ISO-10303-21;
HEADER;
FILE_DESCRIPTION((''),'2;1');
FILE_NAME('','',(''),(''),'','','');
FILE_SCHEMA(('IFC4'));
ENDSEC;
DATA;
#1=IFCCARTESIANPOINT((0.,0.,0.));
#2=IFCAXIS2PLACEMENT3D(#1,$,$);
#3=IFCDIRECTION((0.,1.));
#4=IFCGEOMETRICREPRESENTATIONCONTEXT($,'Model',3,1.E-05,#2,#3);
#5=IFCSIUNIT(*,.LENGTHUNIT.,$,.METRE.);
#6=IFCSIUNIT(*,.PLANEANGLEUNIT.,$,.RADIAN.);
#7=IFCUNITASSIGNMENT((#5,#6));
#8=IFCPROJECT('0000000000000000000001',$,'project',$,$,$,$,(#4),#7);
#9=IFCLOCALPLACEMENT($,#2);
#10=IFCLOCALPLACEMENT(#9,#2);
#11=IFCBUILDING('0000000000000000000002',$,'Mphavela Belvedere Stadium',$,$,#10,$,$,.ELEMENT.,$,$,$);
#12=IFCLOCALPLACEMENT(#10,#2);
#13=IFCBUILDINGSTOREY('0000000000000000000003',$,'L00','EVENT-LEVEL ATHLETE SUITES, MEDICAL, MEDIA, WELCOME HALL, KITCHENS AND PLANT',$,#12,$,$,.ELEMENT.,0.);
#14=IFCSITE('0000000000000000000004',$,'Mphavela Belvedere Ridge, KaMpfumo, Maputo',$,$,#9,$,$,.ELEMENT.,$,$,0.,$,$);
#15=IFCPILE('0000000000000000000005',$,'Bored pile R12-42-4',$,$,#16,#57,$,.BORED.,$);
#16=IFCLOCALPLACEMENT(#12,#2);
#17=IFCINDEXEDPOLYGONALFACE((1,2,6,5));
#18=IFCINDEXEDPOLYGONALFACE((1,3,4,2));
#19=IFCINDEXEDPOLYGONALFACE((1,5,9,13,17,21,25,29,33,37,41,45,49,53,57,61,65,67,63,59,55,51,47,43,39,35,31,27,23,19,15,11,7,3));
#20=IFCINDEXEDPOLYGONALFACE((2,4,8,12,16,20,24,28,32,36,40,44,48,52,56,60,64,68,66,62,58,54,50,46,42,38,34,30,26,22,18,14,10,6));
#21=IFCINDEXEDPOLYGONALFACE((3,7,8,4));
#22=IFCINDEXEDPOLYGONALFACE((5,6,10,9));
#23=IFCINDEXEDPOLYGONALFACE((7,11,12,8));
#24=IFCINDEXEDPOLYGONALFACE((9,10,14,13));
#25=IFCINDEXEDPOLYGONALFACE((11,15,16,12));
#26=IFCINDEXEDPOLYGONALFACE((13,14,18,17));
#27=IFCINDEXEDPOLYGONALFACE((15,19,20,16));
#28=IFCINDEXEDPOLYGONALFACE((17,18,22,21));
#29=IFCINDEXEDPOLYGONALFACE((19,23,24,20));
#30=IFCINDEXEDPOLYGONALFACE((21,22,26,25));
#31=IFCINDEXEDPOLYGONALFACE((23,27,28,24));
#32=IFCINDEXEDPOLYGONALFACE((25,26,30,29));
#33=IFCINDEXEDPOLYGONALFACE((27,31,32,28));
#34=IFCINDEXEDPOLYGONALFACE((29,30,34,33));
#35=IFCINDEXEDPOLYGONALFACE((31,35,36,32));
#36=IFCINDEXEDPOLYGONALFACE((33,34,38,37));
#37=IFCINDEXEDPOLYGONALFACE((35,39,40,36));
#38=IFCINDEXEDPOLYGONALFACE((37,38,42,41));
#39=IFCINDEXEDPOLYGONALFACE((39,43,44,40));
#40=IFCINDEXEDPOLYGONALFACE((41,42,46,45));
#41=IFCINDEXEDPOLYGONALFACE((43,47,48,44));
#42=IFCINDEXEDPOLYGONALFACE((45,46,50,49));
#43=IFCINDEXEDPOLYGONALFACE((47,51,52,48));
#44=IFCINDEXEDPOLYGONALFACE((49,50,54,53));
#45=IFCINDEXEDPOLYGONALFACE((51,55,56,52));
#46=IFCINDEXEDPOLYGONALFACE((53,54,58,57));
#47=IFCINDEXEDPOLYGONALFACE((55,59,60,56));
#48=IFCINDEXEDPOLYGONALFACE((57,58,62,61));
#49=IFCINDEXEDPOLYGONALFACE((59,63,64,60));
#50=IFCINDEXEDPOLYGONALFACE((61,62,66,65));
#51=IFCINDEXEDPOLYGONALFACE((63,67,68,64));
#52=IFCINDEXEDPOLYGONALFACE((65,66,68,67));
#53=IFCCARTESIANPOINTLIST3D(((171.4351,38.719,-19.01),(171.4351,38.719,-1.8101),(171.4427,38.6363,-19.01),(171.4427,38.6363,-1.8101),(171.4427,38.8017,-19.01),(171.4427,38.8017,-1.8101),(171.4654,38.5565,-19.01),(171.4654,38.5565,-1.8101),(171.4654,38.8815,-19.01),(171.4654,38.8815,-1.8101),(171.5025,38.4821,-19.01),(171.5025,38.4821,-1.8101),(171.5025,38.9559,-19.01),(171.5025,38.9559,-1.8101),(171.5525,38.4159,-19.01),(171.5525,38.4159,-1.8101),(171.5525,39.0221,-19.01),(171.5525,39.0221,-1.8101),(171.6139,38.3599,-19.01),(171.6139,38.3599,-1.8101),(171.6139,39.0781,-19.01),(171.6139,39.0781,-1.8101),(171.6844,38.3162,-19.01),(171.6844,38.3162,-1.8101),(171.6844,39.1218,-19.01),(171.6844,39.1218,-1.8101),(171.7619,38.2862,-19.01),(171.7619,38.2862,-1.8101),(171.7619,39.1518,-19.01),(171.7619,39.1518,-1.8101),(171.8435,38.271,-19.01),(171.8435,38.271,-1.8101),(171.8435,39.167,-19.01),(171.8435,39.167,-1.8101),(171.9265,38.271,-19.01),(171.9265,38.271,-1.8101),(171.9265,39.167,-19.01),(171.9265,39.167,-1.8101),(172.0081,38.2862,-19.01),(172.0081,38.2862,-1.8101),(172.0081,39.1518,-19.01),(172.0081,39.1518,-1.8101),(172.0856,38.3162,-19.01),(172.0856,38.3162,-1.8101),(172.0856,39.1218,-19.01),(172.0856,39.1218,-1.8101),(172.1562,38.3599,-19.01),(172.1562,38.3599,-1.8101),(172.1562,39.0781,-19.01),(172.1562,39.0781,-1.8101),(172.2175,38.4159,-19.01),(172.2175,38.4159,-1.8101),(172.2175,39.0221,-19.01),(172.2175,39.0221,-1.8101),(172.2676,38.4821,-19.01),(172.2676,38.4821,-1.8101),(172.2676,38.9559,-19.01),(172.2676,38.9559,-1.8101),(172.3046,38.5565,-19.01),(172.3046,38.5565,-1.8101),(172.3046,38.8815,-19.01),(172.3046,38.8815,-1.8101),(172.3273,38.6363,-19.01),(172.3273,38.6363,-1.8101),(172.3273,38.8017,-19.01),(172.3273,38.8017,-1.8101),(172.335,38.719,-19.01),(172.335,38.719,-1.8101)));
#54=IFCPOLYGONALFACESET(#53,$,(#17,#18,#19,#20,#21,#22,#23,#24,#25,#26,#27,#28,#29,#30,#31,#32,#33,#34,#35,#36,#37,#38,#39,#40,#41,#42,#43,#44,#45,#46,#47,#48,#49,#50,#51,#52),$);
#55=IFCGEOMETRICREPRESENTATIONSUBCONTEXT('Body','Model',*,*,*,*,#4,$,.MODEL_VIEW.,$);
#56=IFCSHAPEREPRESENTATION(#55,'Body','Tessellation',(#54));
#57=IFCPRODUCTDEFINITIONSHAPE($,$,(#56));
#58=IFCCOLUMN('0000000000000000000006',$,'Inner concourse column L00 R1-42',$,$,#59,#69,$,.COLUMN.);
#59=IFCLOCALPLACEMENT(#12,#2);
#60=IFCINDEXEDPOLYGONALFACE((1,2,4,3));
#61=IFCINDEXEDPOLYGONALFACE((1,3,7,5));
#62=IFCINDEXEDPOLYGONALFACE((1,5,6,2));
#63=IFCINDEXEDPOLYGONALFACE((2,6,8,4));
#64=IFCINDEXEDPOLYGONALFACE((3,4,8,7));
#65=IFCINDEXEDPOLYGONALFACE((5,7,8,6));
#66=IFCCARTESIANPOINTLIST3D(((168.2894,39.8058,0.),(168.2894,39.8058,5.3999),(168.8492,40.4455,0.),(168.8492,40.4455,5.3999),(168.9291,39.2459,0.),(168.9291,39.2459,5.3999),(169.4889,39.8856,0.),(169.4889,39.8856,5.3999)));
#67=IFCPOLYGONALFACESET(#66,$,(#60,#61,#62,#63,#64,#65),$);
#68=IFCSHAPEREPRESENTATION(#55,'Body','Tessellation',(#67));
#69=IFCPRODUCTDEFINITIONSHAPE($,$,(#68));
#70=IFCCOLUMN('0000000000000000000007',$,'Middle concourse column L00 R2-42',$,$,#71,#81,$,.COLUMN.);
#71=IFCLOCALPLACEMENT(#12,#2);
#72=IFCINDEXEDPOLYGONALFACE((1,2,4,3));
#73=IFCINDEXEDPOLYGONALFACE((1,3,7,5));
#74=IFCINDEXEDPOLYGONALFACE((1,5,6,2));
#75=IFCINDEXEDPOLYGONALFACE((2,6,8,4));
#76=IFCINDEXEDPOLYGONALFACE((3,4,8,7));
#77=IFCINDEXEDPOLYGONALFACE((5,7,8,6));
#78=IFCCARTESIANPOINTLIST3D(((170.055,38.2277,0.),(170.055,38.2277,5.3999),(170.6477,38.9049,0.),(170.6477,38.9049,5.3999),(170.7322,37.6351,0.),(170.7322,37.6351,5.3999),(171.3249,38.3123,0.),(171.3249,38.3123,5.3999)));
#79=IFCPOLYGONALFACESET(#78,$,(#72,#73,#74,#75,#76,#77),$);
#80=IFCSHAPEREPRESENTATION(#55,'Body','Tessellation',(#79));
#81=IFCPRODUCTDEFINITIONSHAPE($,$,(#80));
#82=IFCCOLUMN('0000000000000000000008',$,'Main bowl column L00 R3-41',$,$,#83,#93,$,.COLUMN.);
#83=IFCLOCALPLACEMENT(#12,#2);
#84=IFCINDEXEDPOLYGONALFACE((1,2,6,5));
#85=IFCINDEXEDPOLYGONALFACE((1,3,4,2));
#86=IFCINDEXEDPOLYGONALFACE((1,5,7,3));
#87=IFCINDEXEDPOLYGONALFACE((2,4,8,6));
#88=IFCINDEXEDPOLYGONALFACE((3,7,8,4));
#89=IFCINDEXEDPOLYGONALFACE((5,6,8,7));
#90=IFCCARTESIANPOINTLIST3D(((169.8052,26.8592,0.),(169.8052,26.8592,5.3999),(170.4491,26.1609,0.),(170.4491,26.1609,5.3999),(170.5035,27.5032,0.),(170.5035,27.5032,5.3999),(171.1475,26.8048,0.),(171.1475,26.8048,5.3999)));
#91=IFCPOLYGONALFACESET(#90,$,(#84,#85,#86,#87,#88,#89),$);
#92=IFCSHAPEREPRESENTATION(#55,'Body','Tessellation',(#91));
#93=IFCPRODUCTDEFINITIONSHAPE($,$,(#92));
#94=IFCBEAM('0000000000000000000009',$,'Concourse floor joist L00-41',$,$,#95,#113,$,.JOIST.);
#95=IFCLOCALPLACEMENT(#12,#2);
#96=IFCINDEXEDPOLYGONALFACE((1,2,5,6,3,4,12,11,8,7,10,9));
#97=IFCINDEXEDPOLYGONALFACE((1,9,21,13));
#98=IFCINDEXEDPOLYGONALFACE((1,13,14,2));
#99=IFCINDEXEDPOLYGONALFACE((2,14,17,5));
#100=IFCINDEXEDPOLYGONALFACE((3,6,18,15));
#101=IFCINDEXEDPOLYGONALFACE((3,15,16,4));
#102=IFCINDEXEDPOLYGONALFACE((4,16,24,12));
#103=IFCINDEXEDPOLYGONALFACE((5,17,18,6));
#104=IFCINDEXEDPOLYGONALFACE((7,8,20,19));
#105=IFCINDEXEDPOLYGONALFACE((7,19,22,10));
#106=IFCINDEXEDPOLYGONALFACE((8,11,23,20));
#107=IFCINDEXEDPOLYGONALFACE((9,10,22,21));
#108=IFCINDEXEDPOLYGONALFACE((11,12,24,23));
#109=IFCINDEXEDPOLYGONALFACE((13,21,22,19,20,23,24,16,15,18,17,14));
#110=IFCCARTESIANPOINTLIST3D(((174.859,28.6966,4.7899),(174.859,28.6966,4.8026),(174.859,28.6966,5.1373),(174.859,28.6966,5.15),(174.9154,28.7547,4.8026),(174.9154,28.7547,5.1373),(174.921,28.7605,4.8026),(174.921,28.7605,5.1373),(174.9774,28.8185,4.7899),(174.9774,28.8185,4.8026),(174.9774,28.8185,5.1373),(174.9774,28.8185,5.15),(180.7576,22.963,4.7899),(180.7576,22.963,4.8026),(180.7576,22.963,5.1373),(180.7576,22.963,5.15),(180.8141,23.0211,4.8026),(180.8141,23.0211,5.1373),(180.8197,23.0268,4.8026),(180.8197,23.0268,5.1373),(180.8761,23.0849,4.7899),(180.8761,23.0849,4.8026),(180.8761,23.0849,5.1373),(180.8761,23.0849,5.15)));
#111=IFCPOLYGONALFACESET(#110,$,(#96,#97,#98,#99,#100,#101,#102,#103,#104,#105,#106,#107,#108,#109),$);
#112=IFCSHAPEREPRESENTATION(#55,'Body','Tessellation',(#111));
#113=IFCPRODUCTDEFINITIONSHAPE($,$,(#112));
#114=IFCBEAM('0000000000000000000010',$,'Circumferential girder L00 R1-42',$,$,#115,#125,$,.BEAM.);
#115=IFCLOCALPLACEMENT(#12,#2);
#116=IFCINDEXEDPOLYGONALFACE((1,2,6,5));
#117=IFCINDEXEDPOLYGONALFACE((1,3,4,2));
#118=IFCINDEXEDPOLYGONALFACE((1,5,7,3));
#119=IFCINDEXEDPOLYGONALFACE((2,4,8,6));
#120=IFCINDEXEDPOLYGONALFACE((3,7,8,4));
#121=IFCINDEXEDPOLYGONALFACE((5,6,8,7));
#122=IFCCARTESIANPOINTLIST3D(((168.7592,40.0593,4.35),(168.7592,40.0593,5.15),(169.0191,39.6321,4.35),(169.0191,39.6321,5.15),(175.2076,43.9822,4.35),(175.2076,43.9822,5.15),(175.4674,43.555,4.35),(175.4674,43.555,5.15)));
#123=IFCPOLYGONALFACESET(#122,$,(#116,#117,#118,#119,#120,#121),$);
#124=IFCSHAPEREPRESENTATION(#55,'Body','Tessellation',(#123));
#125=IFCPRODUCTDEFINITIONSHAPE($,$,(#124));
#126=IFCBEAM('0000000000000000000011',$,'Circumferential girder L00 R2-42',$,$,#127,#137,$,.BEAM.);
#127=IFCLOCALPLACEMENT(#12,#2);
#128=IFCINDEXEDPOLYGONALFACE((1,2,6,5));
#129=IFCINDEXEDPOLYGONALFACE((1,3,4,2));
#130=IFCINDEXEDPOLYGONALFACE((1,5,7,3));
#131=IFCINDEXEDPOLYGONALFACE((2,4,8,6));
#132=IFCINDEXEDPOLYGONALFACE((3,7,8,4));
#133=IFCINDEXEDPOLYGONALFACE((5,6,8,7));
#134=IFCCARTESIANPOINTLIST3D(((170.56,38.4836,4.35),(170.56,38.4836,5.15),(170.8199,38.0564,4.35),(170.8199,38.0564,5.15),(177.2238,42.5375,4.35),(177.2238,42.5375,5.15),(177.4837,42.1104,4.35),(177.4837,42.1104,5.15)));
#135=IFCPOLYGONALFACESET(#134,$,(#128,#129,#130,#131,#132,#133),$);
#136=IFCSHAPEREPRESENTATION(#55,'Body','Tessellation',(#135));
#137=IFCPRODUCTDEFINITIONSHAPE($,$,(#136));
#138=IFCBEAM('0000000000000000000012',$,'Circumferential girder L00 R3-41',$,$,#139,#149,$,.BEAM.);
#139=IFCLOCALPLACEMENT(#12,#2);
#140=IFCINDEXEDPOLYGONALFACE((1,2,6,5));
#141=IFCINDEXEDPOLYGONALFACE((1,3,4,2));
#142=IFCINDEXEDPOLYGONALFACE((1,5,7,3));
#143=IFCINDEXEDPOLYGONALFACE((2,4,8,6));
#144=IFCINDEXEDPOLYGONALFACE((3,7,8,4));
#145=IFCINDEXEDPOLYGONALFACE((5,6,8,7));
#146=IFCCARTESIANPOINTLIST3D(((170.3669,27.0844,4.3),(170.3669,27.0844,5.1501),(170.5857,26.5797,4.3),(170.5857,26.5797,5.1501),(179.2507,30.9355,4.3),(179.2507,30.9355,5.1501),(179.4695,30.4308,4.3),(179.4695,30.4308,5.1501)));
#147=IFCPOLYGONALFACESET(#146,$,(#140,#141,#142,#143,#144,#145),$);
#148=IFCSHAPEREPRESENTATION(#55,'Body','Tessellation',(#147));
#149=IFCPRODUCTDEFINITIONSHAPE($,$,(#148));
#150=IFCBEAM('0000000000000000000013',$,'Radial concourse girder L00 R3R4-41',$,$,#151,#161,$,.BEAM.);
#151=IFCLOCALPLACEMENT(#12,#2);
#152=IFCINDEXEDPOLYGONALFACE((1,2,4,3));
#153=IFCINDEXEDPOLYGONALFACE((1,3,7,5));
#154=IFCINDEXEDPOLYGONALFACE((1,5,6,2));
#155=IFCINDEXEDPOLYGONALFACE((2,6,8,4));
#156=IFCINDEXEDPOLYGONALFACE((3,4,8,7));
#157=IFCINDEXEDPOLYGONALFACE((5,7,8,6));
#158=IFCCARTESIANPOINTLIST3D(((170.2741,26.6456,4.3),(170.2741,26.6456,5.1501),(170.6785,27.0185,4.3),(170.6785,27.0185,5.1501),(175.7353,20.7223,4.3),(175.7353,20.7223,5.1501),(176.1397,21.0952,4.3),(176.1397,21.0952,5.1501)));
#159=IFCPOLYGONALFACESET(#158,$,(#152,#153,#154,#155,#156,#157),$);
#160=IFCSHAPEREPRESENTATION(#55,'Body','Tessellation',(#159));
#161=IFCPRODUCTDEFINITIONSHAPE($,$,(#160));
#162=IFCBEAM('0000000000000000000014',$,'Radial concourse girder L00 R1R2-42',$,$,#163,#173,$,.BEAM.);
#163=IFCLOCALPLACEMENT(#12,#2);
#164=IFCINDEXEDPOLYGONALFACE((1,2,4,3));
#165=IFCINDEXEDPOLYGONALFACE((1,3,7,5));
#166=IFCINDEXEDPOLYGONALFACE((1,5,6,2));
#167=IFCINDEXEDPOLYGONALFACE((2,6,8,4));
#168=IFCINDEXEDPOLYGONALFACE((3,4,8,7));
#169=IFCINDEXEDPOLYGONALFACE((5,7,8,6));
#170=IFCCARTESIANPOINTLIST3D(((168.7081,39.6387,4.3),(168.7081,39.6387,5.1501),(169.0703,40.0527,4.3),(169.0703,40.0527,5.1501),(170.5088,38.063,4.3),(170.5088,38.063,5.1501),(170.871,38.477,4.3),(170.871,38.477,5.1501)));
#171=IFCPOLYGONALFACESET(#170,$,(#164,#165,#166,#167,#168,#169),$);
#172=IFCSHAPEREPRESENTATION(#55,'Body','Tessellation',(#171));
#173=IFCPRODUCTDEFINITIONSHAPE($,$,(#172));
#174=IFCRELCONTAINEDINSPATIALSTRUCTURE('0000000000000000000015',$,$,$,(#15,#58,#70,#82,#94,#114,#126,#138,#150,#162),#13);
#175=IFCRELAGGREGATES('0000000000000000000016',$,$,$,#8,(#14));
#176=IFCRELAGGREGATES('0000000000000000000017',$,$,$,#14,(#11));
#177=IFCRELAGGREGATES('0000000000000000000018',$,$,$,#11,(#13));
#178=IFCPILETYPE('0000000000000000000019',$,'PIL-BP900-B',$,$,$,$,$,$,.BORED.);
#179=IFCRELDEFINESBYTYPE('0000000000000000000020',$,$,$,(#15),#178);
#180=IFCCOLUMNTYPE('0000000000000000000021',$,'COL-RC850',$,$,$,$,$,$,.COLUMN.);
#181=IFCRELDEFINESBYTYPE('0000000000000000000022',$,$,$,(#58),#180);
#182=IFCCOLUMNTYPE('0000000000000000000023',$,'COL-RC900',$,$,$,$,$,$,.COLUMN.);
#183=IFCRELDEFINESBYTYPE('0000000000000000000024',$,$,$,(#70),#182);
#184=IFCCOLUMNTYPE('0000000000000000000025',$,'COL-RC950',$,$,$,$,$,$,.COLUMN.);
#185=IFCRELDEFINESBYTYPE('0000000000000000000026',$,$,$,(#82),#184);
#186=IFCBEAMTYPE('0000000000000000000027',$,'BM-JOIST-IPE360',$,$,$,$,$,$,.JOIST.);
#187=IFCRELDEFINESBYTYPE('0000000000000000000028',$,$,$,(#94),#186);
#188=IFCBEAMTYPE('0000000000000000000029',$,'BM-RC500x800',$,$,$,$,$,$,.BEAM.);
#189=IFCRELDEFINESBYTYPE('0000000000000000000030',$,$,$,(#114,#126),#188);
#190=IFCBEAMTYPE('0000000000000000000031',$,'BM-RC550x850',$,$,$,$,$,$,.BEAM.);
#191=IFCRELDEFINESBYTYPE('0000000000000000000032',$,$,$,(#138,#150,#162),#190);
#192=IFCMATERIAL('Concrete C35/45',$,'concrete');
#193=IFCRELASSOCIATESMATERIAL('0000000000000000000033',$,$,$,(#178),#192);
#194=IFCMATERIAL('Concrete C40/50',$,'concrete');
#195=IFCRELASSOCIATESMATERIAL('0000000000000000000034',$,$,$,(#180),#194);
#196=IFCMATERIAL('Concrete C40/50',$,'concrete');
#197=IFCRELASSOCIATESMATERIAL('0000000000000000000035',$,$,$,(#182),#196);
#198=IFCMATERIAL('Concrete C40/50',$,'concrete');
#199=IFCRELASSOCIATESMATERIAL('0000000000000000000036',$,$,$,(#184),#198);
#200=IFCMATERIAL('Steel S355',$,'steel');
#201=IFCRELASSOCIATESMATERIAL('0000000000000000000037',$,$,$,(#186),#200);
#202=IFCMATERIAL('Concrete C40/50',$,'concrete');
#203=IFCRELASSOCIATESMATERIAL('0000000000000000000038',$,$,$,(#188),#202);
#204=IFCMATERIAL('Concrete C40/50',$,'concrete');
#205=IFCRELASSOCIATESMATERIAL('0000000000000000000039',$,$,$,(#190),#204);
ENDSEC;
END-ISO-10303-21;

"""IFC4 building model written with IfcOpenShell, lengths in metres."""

from ifc_helpers import new_model, si_unit, direction, frame, origin, origin_2d, place, context, subcontext, project, spatial, rectangle, circle, i_section, extrude, material, material_profile, profile_set, type_object, element, save


model = new_model("IFC4")

# Units and contexts
model_context = context("Model", 3, precision=1e-05, world=origin(), true_north=direction((0.0, 1.0)))
body_context = subcontext(model_context, "Body", "Model", "MODEL_VIEW")
ifc_project = project(units=[si_unit("LENGTHUNIT", "METRE"), si_unit("PLANEANGLEUNIT", "RADIAN")], contexts=[model_context])

# Site, building, storey
site_placement = place(None, origin())
site = spatial("IfcSite", under=ifc_project, at=site_placement, Name="Mphavela Belvedere Ridge, KaMpfumo, Maputo", CompositionType="ELEMENT", RefElevation=0.0)
building_placement = place(site_placement, origin())
building = spatial("IfcBuilding", under=site, at=building_placement, Name="Mphavela Belvedere Stadium", CompositionType="ELEMENT")
storey_placement = place(building_placement, origin())
storey = spatial("IfcBuildingStorey", under=building, at=storey_placement, Name="L00", Description="EVENT-LEVEL ATHLETE SUITES, MEDICAL, MEDIA, WELCOME HALL, KITCHENS AND PLANT", CompositionType="ELEMENT", Elevation=0.0)

# Pile
ifc_material_1 = material(Name="Concrete C35/45", Category="concrete")
ifc_material_profile_1 = material_profile(ifc_material_1, circle(Radius=0.45, at=origin_2d()), Name="BP D900")
ifc_profile_set_1 = profile_set([ifc_material_profile_1], Name="Concrete C35/45")
pile_type_1 = type_object("IfcPileType", Name="PIL-BP900-B", PredefinedType="BORED", material=ifc_profile_set_1)
for number, where, z_axis, x_axis, name in (
    (1, (171.885, 38.719, -1.8101), (0.0, 0.0, -1.0), (1.0, 0.0, 0.0), "Bored pile R12-42-4"),
):
    element("IfcPile", number, at=place(storey_placement, frame(where, z_axis=z_axis, x_axis=x_axis)), inside=storey, type_object=pile_type_1, Name=name, PredefinedType="BORED", context=body_context, shape_type="SweptSolid", body=[
        extrude(circle(Radius=0.45, at=origin_2d()), origin(), (0.0, 0.0, 1.0), 17.2),
    ])

# Columns
ifc_material_2 = material(Name="Concrete C40/50", Category="concrete")
ifc_material_profile_2 = material_profile(ifc_material_2, rectangle(XDim=0.8501, YDim=0.8501, at=origin_2d()), Name="RC 850x850")
ifc_profile_set_2 = profile_set([ifc_material_profile_2], Name="Concrete C40/50")
column_type_1 = type_object("IfcColumnType", Name="COL-RC850", PredefinedType="COLUMN", material=ifc_profile_set_2)
column_1_placement = place(storey_placement, frame((168.8892, 39.8457, 0.0), z_axis=(0.0, 0.0, 1.0), x_axis=(0.75253, -0.658558, 0.0)))
element("IfcColumn", 2, at=column_1_placement, inside=storey, type_object=column_type_1, Name="Inner concourse column L00 R1-42", PredefinedType="COLUMN", context=body_context, shape_type="SweptSolid", body=[
    extrude(rectangle(XDim=0.8501, YDim=0.8501, at=origin_2d()), origin(), (0.0, 0.0, 1.0), 5.3999),
])
ifc_material_3 = material(Name="Concrete C40/50", Category="concrete")
ifc_material_profile_3 = material_profile(ifc_material_3, rectangle(XDim=0.8999, YDim=0.8999, at=origin_2d()), Name="RC 900x900")
ifc_profile_set_3 = profile_set([ifc_material_profile_3], Name="Concrete C40/50")
column_type_2 = type_object("IfcColumnType", Name="COL-RC900", PredefinedType="COLUMN", material=ifc_profile_set_3)
column_2_placement = place(storey_placement, frame((170.6899, 38.27, 0.0), z_axis=(0.0, 0.0, 1.0), x_axis=(0.75253, -0.658558, 0.0)))
element("IfcColumn", 3, at=column_2_placement, inside=storey, type_object=column_type_2, Name="Middle concourse column L00 R2-42", PredefinedType="COLUMN", context=body_context, shape_type="SweptSolid", body=[
    extrude(rectangle(XDim=0.8999, YDim=0.8999, at=origin_2d()), origin(), (0.0, 0.0, 1.0), 5.3999),
])
ifc_material_4 = material(Name="Concrete C40/50", Category="concrete")
ifc_material_profile_4 = material_profile(ifc_material_4, rectangle(XDim=0.95, YDim=0.95, at=origin_2d()), Name="RC 950x950")
ifc_profile_set_4 = profile_set([ifc_material_profile_4], Name="Concrete C40/50")
column_type_3 = type_object("IfcColumnType", Name="COL-RC950", PredefinedType="COLUMN", material=ifc_profile_set_4)
column_3_placement = place(storey_placement, frame((170.4763, 26.832, 0.0), z_axis=(0.0, 0.0, 1.0), x_axis=(0.677903, -0.735151, 0.0)))
element("IfcColumn", 4, at=column_3_placement, inside=storey, type_object=column_type_3, Name="Main bowl column L00 R3-41", PredefinedType="COLUMN", context=body_context, shape_type="SweptSolid", body=[
    extrude(rectangle(XDim=0.95, YDim=0.95, at=origin_2d()), origin(), (0.0, 0.0, 1.0), 5.3999),
])

# Beams
ifc_material_5 = material(Name="Steel S355", Category="steel")
ifc_material_profile_5 = material_profile(ifc_material_5, i_section(OverallWidth=0.1699, OverallDepth=0.3601, WebThickness=0.0081, FlangeThickness=0.0127, at=origin_2d()), Name="IPE 360")
ifc_profile_set_5 = profile_set([ifc_material_profile_5], Name="Steel S355")
beam_type_1 = type_object("IfcBeamType", Name="BM-JOIST-IPE360", PredefinedType="JOIST", material=ifc_profile_set_5)
beam_1_placement = place(storey_placement, frame((174.9182, 28.7576, 4.97), z_axis=(0.717067, -0.697004, 0.0), x_axis=(0.697004, 0.717067, 0.0)))
element("IfcBeam", 5, at=beam_1_placement, inside=storey, type_object=beam_type_1, Name="Concourse floor joist L00-41", PredefinedType="JOIST", context=body_context, shape_type="SweptSolid", body=[
    extrude(i_section(OverallWidth=0.1699, OverallDepth=0.3601, WebThickness=0.0081, FlangeThickness=0.0127, at=origin_2d()), origin(), (0.0, 0.0, 1.0), 8.2261),
])
ifc_material_6 = material(Name="Concrete C40/50", Category="concrete")
ifc_material_profile_6 = material_profile(ifc_material_6, rectangle(XDim=0.5, YDim=0.8, at=origin_2d()), Name="RC 500x800")
ifc_profile_set_6 = profile_set([ifc_material_profile_6], Name="Concrete C40/50")
beam_type_2 = type_object("IfcBeamType", Name="BM-RC500x800", PredefinedType="BEAM", material=ifc_profile_set_6)
beam_2_placement = place(storey_placement, frame((168.8892, 39.8457, 4.75), z_axis=(0.854326, 0.519738, 0.0), x_axis=(-0.519738, 0.854326, 0.0)))
element("IfcBeam", 6, at=beam_2_placement, inside=storey, type_object=beam_type_2, Name="Circumferential girder L00 R1-42", PredefinedType="BEAM", context=body_context, shape_type="SweptSolid", body=[
    extrude(rectangle(XDim=0.5, YDim=0.8, at=origin_2d()), origin(), (0.0, 0.0, 1.0), 7.5479),
])
beam_3_placement = place(storey_placement, frame((170.6899, 38.27, 4.75), z_axis=(0.854328, 0.519733, 0.0), x_axis=(-0.519733, 0.854328, 0.0)))
element("IfcBeam", 7, at=beam_3_placement, inside=storey, type_object=beam_type_2, Name="Circumferential girder L00 R2-42", PredefinedType="BEAM", context=body_context, shape_type="SweptSolid", body=[
    extrude(rectangle(XDim=0.5, YDim=0.8, at=origin_2d()), origin(), (0.0, 0.0, 1.0), 7.8),
])
ifc_material_7 = material(Name="Concrete C40/50", Category="concrete")
ifc_material_profile_7 = material_profile(ifc_material_7, rectangle(XDim=0.55, YDim=0.8501, at=origin_2d()), Name="RC 550x850")
ifc_profile_set_7 = profile_set([ifc_material_profile_7], Name="Concrete C40/50")
beam_type_3 = type_object("IfcBeamType", Name="BM-RC550x850", PredefinedType="BEAM", material=ifc_profile_set_7)
beam_4_placement = place(storey_placement, frame((170.4763, 26.832, 4.7251), z_axis=(0.917502, 0.397732, 0.0), x_axis=(-0.397732, 0.917502, 0.0)))
element("IfcBeam", 8, at=beam_4_placement, inside=storey, type_object=beam_type_3, Name="Circumferential girder L00 R3-41", PredefinedType="BEAM", context=body_context, shape_type="SweptSolid", body=[
    extrude(rectangle(XDim=0.55, YDim=0.8501, at=origin_2d()), origin(), (0.0, 0.0, 1.0), 9.6826),
])
beam_5_placement = place(storey_placement, frame((170.4763, 26.832, 4.7251), z_axis=(0.677843, -0.735206, 0.0), x_axis=(0.735206, 0.677843, 0.0)))
element("IfcBeam", 9, at=beam_5_placement, inside=storey, type_object=beam_type_3, Name="Radial concourse girder L00 R3R4-41", PredefinedType="BEAM", context=body_context, shape_type="SweptSolid", body=[
    extrude(rectangle(XDim=0.55, YDim=0.8501, at=origin_2d()), origin(), (0.0, 0.0, 1.0), 8.0566),
])
beam_6_placement = place(storey_placement, frame((168.8892, 39.8457, 4.7251), z_axis=(0.752577, -0.658505, 0.0), x_axis=(0.658505, 0.752577, 0.0)))
element("IfcBeam", 10, at=beam_6_placement, inside=storey, type_object=beam_type_3, Name="Radial concourse girder L00 R1R2-42", PredefinedType="BEAM", context=body_context, shape_type="SweptSolid", body=[
    extrude(rectangle(XDim=0.55, YDim=0.8501, at=origin_2d()), origin(), (0.0, 0.0, 1.0), 2.3928),
])

save(model, "model.ifc")
